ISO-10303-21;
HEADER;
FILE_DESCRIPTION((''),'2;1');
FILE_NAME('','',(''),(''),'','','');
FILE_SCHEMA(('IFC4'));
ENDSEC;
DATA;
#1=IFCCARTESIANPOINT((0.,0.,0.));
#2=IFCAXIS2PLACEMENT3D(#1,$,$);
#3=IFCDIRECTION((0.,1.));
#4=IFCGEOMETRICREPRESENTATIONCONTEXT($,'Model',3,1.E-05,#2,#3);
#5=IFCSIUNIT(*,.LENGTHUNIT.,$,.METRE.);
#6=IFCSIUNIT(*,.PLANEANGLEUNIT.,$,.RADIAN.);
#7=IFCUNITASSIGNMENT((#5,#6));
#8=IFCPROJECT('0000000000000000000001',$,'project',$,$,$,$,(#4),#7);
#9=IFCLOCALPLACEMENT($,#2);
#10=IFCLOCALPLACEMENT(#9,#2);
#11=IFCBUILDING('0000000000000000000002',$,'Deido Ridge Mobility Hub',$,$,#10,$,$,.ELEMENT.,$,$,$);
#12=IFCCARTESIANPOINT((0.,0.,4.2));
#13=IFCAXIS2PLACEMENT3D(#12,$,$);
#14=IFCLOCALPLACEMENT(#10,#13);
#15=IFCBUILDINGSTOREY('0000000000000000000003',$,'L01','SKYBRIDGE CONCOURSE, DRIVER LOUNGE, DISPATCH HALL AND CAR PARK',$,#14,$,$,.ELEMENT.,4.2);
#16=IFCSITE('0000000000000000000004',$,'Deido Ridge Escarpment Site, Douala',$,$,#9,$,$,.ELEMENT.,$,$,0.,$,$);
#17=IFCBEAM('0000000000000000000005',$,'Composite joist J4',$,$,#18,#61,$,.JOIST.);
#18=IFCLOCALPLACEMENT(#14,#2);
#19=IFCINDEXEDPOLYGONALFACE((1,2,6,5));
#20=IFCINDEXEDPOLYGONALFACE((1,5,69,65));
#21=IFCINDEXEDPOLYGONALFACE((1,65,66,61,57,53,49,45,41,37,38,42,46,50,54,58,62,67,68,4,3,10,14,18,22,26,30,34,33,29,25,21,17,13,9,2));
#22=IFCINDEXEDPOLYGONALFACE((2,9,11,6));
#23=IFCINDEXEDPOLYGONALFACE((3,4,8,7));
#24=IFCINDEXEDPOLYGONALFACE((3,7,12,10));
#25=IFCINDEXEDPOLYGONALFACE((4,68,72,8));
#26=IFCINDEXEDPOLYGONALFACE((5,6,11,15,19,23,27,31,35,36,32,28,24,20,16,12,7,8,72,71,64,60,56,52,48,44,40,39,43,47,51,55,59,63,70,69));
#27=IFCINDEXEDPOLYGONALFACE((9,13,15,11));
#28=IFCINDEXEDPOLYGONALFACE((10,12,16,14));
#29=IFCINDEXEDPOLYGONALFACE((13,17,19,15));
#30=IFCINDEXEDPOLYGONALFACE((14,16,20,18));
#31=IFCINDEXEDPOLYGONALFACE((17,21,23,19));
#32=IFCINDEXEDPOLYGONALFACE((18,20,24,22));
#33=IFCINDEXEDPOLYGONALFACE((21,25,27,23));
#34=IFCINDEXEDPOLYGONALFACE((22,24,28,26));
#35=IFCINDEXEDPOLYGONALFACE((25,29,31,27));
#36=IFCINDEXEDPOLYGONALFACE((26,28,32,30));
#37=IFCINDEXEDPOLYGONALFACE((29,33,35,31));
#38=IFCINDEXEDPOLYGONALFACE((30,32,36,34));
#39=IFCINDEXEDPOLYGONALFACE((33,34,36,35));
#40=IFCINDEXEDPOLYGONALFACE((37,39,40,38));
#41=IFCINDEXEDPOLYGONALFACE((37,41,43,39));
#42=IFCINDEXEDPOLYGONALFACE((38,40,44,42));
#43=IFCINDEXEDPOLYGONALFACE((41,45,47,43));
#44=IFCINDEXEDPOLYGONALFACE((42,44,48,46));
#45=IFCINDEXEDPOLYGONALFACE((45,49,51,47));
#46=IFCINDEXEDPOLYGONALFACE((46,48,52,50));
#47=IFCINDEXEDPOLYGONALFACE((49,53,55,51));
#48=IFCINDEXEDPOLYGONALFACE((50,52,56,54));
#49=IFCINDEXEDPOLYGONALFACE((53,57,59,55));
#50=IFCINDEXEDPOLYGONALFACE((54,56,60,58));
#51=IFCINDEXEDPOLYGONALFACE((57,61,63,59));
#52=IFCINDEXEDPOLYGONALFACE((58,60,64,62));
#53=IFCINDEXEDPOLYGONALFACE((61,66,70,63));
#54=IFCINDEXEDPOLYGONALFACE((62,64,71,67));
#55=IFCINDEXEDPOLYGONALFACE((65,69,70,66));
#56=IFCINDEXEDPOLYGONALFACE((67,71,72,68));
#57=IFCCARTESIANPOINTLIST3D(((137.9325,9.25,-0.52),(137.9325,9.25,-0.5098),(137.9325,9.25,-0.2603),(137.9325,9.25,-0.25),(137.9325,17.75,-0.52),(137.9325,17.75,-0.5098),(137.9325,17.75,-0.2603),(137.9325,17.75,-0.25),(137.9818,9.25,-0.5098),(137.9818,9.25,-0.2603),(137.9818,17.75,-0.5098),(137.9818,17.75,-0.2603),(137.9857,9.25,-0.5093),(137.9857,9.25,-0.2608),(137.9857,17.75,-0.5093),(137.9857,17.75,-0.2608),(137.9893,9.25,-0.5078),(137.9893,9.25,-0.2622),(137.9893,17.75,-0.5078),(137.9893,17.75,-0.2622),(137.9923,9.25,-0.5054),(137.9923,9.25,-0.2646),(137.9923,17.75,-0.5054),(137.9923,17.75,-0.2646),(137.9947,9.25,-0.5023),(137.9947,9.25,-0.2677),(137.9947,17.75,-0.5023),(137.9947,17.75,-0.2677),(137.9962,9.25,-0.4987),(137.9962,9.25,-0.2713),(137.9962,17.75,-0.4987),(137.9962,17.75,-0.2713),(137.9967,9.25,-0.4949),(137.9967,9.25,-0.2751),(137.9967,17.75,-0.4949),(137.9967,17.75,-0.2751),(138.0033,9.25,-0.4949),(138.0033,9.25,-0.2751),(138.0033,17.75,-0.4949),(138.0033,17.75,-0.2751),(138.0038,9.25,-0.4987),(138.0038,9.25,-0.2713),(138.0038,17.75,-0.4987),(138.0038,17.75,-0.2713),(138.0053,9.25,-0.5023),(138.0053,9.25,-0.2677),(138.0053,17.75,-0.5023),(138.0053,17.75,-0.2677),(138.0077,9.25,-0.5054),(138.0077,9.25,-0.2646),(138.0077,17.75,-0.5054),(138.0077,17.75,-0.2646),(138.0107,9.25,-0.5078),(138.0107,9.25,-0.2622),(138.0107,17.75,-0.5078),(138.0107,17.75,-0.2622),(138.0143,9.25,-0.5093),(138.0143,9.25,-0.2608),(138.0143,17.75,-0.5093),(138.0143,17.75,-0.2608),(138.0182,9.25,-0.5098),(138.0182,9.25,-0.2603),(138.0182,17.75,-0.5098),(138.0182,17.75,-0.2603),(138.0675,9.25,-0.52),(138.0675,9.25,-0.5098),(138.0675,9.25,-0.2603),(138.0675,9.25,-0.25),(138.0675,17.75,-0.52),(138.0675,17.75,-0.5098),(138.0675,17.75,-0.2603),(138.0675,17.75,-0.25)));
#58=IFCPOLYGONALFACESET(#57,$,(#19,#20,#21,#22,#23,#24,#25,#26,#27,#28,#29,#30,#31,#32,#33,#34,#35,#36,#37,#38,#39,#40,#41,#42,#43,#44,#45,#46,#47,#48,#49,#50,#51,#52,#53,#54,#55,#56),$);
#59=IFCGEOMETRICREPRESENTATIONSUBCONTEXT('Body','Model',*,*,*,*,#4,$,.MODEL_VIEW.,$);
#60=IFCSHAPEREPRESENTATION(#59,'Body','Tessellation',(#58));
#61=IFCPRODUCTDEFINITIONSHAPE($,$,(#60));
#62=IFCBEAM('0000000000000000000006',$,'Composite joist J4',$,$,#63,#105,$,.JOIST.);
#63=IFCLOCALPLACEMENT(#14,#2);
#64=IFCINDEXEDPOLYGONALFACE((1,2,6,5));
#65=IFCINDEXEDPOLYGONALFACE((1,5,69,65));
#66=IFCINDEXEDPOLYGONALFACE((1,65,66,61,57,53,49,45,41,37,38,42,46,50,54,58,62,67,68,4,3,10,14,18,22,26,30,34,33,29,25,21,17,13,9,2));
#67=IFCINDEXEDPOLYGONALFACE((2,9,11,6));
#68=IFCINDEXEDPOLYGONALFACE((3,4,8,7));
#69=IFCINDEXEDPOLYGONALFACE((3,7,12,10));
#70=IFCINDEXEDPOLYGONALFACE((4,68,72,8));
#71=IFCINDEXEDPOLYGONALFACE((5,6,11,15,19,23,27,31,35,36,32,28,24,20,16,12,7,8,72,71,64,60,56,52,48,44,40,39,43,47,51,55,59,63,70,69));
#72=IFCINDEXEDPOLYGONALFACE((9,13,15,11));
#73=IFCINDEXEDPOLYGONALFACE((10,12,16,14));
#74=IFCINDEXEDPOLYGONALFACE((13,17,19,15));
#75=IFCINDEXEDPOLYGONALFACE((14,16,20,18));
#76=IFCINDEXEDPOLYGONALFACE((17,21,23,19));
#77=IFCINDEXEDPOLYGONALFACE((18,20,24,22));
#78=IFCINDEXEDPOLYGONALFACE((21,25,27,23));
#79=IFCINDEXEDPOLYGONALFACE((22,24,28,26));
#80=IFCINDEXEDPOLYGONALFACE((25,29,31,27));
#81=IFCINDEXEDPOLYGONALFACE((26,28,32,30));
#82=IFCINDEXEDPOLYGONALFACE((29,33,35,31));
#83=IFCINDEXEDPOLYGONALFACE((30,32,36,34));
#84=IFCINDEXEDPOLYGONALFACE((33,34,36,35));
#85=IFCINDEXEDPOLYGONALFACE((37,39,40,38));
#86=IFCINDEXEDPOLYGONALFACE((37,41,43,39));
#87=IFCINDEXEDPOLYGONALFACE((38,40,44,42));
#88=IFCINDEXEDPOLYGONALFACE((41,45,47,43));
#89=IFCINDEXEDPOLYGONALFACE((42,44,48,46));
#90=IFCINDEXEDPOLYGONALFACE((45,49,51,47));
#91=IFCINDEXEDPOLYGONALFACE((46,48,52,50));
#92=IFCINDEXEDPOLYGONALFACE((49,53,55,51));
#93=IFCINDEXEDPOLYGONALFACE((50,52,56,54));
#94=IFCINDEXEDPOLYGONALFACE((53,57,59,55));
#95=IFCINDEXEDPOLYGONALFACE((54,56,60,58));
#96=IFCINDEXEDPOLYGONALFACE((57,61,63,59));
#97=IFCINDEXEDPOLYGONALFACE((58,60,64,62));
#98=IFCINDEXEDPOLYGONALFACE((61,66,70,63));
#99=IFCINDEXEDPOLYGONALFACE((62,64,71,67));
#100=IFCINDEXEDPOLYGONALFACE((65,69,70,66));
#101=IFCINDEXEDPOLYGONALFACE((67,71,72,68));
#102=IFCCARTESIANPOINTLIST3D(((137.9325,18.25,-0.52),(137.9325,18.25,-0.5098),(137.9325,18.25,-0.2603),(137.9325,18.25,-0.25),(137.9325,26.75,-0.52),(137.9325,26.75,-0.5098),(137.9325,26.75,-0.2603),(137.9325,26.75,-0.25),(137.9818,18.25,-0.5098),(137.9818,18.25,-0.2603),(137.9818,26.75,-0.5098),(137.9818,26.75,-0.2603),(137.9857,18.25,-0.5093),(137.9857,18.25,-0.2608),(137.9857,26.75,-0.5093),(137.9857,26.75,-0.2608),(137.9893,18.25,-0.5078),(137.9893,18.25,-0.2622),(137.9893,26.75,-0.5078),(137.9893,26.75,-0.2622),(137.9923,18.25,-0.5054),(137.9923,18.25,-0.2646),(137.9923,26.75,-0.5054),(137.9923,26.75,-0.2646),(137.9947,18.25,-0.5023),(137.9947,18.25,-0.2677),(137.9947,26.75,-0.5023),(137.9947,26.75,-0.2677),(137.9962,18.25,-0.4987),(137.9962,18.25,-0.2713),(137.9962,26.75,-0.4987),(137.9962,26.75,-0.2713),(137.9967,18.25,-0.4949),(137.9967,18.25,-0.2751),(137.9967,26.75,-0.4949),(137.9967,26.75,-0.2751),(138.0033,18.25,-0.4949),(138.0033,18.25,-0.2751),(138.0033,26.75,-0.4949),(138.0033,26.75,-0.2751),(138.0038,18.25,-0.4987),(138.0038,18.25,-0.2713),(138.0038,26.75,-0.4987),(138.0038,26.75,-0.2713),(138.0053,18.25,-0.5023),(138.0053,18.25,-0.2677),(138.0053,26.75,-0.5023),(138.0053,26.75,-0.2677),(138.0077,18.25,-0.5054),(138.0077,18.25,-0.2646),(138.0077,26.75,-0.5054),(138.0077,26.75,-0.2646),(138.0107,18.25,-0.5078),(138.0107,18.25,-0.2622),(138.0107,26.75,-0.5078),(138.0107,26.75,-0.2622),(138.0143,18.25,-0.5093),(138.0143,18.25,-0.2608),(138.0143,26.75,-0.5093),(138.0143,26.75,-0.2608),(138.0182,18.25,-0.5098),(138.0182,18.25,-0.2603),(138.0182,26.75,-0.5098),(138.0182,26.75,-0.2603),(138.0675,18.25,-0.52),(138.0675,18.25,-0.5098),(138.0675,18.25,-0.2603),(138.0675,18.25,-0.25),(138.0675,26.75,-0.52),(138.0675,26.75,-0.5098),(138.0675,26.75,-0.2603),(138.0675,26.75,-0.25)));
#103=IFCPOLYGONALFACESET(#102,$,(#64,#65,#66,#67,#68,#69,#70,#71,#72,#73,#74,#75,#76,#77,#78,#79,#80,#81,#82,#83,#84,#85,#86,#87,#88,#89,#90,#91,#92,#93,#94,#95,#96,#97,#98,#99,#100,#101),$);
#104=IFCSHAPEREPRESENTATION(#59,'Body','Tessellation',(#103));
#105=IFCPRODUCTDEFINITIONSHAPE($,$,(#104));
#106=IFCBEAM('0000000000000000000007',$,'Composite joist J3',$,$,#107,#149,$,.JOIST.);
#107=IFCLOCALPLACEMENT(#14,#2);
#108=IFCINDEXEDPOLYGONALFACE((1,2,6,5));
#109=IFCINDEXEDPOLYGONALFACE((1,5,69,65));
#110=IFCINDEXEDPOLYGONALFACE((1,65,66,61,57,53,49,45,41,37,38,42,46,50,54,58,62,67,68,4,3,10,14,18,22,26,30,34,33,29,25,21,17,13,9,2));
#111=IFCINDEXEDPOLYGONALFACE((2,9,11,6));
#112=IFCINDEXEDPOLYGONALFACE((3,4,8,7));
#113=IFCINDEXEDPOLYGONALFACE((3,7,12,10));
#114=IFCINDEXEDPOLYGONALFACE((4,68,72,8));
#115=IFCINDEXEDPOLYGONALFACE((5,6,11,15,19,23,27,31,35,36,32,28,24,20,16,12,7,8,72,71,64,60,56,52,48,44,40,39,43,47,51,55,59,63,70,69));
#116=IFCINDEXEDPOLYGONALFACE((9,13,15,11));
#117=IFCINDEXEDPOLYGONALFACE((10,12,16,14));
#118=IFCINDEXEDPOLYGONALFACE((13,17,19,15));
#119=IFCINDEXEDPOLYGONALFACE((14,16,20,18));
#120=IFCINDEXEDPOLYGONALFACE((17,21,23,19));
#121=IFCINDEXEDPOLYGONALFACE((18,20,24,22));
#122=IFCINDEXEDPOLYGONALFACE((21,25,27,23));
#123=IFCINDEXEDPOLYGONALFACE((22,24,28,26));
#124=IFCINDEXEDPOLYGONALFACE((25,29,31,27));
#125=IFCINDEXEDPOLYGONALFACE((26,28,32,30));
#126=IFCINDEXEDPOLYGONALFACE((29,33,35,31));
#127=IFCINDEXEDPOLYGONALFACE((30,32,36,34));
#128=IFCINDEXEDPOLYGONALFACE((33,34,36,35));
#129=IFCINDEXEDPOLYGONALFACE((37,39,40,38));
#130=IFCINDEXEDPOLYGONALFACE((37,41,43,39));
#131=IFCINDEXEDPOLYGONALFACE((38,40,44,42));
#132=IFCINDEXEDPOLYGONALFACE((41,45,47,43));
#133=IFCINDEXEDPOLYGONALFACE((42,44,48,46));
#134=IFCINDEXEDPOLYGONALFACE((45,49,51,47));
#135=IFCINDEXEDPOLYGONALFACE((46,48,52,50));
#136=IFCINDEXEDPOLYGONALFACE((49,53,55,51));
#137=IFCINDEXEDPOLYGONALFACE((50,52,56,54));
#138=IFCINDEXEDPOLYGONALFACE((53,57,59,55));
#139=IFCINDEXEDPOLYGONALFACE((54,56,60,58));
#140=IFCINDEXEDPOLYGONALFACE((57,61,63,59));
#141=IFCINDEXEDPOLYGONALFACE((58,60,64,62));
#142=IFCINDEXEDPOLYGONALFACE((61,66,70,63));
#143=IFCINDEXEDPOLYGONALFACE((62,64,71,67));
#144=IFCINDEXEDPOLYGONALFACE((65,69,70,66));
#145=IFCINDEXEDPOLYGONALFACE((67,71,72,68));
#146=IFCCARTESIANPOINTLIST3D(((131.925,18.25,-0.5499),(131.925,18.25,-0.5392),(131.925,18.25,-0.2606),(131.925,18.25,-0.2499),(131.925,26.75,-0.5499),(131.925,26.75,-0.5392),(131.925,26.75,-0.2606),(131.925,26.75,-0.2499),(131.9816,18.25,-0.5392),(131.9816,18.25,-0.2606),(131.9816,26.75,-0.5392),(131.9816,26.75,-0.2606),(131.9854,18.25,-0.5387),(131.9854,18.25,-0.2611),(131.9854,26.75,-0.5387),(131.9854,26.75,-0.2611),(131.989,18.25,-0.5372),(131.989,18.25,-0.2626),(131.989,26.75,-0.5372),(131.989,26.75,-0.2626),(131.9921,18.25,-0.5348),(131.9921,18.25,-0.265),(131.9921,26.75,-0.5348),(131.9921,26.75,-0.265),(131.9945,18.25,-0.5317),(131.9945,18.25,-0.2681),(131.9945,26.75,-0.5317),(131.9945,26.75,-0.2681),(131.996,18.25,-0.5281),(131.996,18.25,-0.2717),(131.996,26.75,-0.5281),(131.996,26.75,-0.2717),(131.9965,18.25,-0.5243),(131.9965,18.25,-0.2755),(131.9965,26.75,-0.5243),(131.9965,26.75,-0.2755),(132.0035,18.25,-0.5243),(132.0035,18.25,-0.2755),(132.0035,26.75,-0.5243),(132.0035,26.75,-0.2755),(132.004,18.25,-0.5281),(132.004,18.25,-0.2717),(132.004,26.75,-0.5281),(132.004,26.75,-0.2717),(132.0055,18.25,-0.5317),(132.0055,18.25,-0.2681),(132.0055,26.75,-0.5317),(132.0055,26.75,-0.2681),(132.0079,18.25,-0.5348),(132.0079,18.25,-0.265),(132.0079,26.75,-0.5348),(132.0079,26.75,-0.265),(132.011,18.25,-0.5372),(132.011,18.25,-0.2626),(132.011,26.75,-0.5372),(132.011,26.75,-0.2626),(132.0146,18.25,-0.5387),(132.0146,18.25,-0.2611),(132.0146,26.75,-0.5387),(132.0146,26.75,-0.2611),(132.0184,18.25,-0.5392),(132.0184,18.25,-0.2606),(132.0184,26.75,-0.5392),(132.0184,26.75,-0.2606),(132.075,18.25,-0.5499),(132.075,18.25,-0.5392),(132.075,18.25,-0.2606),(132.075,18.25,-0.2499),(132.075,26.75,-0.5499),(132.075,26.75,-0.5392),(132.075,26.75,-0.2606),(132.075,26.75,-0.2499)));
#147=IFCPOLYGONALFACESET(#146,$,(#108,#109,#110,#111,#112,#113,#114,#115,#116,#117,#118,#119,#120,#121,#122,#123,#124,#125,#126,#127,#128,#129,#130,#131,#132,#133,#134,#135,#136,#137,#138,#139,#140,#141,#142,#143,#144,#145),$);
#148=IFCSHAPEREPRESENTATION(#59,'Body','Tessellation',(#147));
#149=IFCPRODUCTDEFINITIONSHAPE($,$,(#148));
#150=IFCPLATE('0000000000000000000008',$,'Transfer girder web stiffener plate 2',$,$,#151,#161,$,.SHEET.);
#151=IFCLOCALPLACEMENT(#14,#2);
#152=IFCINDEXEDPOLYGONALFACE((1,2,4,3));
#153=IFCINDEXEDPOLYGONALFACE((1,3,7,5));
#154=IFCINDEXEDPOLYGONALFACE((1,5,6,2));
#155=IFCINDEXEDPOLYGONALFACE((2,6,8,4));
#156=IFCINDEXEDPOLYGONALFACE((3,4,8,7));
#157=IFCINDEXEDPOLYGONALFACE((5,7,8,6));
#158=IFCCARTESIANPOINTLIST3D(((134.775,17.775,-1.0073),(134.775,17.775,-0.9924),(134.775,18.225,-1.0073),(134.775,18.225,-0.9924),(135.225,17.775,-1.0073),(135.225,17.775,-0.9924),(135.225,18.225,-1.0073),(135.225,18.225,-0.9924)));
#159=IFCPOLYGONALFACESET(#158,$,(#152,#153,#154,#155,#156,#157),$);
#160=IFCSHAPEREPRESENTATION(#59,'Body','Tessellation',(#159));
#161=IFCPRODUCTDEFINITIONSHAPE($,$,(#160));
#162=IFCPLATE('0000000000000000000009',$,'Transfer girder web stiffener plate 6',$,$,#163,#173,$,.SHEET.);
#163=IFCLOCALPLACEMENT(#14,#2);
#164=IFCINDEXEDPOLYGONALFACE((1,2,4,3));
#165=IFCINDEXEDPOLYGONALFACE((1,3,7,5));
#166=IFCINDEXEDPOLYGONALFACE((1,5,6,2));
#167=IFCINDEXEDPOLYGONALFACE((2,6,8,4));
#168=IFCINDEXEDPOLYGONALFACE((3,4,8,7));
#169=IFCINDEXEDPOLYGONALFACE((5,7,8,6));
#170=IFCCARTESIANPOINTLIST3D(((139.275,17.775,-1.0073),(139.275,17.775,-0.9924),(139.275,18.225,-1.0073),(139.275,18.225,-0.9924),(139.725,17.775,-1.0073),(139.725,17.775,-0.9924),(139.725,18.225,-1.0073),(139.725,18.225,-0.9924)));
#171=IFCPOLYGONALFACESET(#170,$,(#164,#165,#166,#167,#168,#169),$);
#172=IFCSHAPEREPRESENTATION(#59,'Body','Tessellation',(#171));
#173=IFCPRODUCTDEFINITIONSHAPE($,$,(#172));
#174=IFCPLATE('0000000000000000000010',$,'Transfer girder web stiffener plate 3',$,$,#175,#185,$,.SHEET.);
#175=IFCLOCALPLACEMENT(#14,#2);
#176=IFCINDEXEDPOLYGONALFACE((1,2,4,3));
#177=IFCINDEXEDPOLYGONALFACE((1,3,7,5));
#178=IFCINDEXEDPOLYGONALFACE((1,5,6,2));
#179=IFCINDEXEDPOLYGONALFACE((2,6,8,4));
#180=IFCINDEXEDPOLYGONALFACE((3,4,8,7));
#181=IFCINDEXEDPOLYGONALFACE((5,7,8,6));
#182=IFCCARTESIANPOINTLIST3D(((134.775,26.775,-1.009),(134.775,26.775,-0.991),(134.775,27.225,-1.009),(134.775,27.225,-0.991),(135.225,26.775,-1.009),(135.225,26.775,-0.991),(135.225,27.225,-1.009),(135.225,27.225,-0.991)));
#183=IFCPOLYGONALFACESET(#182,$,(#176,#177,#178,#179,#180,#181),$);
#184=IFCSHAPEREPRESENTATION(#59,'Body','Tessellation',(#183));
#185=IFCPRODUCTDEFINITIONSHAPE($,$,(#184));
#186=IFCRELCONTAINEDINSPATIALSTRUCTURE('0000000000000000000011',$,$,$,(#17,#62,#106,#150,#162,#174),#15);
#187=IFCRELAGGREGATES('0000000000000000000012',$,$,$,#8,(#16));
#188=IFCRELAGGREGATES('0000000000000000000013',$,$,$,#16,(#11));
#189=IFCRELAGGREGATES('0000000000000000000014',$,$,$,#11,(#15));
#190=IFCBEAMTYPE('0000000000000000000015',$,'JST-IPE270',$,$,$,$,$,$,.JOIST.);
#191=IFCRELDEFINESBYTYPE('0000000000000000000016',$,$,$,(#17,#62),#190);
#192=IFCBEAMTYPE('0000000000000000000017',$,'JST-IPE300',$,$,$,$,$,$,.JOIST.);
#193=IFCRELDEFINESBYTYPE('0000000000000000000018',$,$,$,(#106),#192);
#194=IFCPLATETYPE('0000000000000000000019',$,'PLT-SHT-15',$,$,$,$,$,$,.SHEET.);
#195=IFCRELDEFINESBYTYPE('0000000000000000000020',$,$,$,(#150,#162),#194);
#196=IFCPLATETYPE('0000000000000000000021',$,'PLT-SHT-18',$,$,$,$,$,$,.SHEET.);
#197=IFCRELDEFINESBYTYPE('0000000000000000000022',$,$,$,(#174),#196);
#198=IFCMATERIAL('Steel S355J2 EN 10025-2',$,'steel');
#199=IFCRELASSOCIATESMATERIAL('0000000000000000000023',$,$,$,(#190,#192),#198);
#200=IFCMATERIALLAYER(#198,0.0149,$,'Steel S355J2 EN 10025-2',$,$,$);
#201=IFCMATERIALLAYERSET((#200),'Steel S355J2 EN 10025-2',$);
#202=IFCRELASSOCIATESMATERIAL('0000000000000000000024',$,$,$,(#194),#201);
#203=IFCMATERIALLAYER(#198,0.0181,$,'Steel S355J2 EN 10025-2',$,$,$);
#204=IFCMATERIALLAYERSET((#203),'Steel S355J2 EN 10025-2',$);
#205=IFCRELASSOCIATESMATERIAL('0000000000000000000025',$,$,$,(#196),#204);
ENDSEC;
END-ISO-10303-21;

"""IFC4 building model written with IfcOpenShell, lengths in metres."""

from ifc_helpers import new_model, si_unit, direction, frame, origin, origin_2d, place, context, subcontext, project, spatial, rectangle, i_section, extrude, material, layer, layer_set, material_profile, profile_set, type_object, element, save


model = new_model("IFC4")

# Units and contexts
model_context = context("Model", 3, precision=1e-05, world=origin(), true_north=direction((0.0, 1.0)))
body_context = subcontext(model_context, "Body", "Model", "MODEL_VIEW")
ifc_project = project(units=[si_unit("LENGTHUNIT", "METRE"), si_unit("PLANEANGLEUNIT", "RADIAN")], contexts=[model_context])

# Site, building, storey
site_placement = place(None, origin())
site = spatial("IfcSite", under=ifc_project, at=site_placement, Name="Deido Ridge Escarpment Site, Douala", CompositionType="ELEMENT", RefElevation=0.0)
building_placement = place(site_placement, origin())
building = spatial("IfcBuilding", under=site, at=building_placement, Name="Deido Ridge Mobility Hub", CompositionType="ELEMENT")
storey_placement = place(building_placement, frame((0.0, 0.0, 4.2)))
storey = spatial("IfcBuildingStorey", under=building, at=storey_placement, Name="L01", Description="SKYBRIDGE CONCOURSE, DRIVER LOUNGE, DISPATCH HALL AND CAR PARK", CompositionType="ELEMENT", Elevation=4.2)

# Shared definitions
ifc_material_1 = material(Name="Steel S355J2 EN 10025-2", Category="steel")

# Beams
ifc_material_profile_1 = material_profile(ifc_material_1, i_section(OverallWidth=0.135, OverallDepth=0.27, WebThickness=0.0066, FlangeThickness=0.0103, FilletRadius=0.0149, at=origin_2d()), Name="IPE 270")
ifc_profile_set_1 = profile_set([ifc_material_profile_1], Name="Steel S355J2 EN 10025-2")
beam_type_1 = type_object("IfcBeamType", Name="JST-IPE270", PredefinedType="JOIST", material=ifc_profile_set_1)
for number, where, z_axis, x_axis, name in (
    (1, (138.0, 9.25, -0.385), (0.0, 1.0, 0.0), (-1.0, 0.0, 0.0), "Composite joist J4"),
    (2, (138.0, 18.25, -0.385), (0.0, 1.0, 0.0), (-1.0, 0.0, 0.0), "Composite joist J4"),
):
    element("IfcBeam", number, at=place(storey_placement, frame(where, z_axis=z_axis, x_axis=x_axis)), inside=storey, type_object=beam_type_1, Name=name, PredefinedType="JOIST", context=body_context, shape_type="SweptSolid", body=[
        extrude(i_section(OverallWidth=0.135, OverallDepth=0.27, WebThickness=0.0066, FlangeThickness=0.0103, FilletRadius=0.0149, at=origin_2d()), origin(), (0.0, 0.0, 1.0), 8.5),
    ])
ifc_material_profile_2 = material_profile(ifc_material_1, i_section(OverallWidth=0.1499, OverallDepth=0.3, WebThickness=0.0071, FlangeThickness=0.0107, FilletRadius=0.0149, at=origin_2d()), Name="IPE 300")
ifc_profile_set_2 = profile_set([ifc_material_profile_2], Name="Steel S355J2 EN 10025-2")
beam_type_2 = type_object("IfcBeamType", Name="JST-IPE300", PredefinedType="JOIST", material=ifc_profile_set_2)
beam_1_placement = place(storey_placement, frame((132.0, 18.25, -0.3999), z_axis=(0.0, 1.0, 0.0), x_axis=(-1.0, 0.0, 0.0)))
element("IfcBeam", 3, at=beam_1_placement, inside=storey, type_object=beam_type_2, Name="Composite joist J3", PredefinedType="JOIST", context=body_context, shape_type="SweptSolid", body=[
    extrude(i_section(OverallWidth=0.1499, OverallDepth=0.3, WebThickness=0.0071, FlangeThickness=0.0107, FilletRadius=0.0149, at=origin_2d()), origin(), (0.0, 0.0, 1.0), 8.5),
])

# Plates
ifc_layer_1 = layer(ifc_material_1, 0.0149, Name="Steel S355J2 EN 10025-2")
ifc_layer_set_1 = layer_set([ifc_layer_1], Name="Steel S355J2 EN 10025-2")
plate_type_1 = type_object("IfcPlateType", Name="PLT-SHT-15", PredefinedType="SHEET", material=ifc_layer_set_1)
for number, where, z_axis, x_axis, name in (
    (4, (135.0, 18.0, -1.0073), (0.0, 0.0, 1.0), (1.0, 0.0, 0.0), "Transfer girder web stiffener plate 2"),
    (5, (139.5, 18.0, -1.0073), (0.0, 0.0, 1.0), (1.0, 0.0, 0.0), "Transfer girder web stiffener plate 6"),
):
    element("IfcPlate", number, at=place(storey_placement, frame(where, z_axis=z_axis, x_axis=x_axis)), inside=storey, type_object=plate_type_1, Name=name, PredefinedType="SHEET", context=body_context, shape_type="SweptSolid", body=[
        extrude(rectangle(XDim=0.45, YDim=0.45, at=origin_2d()), origin(), (0.0, 0.0, 1.0), 0.0149),
    ])
ifc_layer_2 = layer(ifc_material_1, 0.0181, Name="Steel S355J2 EN 10025-2")
ifc_layer_set_2 = layer_set([ifc_layer_2], Name="Steel S355J2 EN 10025-2")
plate_type_2 = type_object("IfcPlateType", Name="PLT-SHT-18", PredefinedType="SHEET", material=ifc_layer_set_2)
plate_placement = place(storey_placement, frame((135.0, 27.0, -1.009), z_axis=(0.0, 0.0, 1.0), x_axis=(1.0, 0.0, 0.0)))
element("IfcPlate", 6, at=plate_placement, inside=storey, type_object=plate_type_2, Name="Transfer girder web stiffener plate 3", PredefinedType="SHEET", context=body_context, shape_type="SweptSolid", body=[
    extrude(rectangle(XDim=0.45, YDim=0.45, at=origin_2d()), origin(), (0.0, 0.0, 1.0), 0.0181),
])

save(model, "model.ifc")
